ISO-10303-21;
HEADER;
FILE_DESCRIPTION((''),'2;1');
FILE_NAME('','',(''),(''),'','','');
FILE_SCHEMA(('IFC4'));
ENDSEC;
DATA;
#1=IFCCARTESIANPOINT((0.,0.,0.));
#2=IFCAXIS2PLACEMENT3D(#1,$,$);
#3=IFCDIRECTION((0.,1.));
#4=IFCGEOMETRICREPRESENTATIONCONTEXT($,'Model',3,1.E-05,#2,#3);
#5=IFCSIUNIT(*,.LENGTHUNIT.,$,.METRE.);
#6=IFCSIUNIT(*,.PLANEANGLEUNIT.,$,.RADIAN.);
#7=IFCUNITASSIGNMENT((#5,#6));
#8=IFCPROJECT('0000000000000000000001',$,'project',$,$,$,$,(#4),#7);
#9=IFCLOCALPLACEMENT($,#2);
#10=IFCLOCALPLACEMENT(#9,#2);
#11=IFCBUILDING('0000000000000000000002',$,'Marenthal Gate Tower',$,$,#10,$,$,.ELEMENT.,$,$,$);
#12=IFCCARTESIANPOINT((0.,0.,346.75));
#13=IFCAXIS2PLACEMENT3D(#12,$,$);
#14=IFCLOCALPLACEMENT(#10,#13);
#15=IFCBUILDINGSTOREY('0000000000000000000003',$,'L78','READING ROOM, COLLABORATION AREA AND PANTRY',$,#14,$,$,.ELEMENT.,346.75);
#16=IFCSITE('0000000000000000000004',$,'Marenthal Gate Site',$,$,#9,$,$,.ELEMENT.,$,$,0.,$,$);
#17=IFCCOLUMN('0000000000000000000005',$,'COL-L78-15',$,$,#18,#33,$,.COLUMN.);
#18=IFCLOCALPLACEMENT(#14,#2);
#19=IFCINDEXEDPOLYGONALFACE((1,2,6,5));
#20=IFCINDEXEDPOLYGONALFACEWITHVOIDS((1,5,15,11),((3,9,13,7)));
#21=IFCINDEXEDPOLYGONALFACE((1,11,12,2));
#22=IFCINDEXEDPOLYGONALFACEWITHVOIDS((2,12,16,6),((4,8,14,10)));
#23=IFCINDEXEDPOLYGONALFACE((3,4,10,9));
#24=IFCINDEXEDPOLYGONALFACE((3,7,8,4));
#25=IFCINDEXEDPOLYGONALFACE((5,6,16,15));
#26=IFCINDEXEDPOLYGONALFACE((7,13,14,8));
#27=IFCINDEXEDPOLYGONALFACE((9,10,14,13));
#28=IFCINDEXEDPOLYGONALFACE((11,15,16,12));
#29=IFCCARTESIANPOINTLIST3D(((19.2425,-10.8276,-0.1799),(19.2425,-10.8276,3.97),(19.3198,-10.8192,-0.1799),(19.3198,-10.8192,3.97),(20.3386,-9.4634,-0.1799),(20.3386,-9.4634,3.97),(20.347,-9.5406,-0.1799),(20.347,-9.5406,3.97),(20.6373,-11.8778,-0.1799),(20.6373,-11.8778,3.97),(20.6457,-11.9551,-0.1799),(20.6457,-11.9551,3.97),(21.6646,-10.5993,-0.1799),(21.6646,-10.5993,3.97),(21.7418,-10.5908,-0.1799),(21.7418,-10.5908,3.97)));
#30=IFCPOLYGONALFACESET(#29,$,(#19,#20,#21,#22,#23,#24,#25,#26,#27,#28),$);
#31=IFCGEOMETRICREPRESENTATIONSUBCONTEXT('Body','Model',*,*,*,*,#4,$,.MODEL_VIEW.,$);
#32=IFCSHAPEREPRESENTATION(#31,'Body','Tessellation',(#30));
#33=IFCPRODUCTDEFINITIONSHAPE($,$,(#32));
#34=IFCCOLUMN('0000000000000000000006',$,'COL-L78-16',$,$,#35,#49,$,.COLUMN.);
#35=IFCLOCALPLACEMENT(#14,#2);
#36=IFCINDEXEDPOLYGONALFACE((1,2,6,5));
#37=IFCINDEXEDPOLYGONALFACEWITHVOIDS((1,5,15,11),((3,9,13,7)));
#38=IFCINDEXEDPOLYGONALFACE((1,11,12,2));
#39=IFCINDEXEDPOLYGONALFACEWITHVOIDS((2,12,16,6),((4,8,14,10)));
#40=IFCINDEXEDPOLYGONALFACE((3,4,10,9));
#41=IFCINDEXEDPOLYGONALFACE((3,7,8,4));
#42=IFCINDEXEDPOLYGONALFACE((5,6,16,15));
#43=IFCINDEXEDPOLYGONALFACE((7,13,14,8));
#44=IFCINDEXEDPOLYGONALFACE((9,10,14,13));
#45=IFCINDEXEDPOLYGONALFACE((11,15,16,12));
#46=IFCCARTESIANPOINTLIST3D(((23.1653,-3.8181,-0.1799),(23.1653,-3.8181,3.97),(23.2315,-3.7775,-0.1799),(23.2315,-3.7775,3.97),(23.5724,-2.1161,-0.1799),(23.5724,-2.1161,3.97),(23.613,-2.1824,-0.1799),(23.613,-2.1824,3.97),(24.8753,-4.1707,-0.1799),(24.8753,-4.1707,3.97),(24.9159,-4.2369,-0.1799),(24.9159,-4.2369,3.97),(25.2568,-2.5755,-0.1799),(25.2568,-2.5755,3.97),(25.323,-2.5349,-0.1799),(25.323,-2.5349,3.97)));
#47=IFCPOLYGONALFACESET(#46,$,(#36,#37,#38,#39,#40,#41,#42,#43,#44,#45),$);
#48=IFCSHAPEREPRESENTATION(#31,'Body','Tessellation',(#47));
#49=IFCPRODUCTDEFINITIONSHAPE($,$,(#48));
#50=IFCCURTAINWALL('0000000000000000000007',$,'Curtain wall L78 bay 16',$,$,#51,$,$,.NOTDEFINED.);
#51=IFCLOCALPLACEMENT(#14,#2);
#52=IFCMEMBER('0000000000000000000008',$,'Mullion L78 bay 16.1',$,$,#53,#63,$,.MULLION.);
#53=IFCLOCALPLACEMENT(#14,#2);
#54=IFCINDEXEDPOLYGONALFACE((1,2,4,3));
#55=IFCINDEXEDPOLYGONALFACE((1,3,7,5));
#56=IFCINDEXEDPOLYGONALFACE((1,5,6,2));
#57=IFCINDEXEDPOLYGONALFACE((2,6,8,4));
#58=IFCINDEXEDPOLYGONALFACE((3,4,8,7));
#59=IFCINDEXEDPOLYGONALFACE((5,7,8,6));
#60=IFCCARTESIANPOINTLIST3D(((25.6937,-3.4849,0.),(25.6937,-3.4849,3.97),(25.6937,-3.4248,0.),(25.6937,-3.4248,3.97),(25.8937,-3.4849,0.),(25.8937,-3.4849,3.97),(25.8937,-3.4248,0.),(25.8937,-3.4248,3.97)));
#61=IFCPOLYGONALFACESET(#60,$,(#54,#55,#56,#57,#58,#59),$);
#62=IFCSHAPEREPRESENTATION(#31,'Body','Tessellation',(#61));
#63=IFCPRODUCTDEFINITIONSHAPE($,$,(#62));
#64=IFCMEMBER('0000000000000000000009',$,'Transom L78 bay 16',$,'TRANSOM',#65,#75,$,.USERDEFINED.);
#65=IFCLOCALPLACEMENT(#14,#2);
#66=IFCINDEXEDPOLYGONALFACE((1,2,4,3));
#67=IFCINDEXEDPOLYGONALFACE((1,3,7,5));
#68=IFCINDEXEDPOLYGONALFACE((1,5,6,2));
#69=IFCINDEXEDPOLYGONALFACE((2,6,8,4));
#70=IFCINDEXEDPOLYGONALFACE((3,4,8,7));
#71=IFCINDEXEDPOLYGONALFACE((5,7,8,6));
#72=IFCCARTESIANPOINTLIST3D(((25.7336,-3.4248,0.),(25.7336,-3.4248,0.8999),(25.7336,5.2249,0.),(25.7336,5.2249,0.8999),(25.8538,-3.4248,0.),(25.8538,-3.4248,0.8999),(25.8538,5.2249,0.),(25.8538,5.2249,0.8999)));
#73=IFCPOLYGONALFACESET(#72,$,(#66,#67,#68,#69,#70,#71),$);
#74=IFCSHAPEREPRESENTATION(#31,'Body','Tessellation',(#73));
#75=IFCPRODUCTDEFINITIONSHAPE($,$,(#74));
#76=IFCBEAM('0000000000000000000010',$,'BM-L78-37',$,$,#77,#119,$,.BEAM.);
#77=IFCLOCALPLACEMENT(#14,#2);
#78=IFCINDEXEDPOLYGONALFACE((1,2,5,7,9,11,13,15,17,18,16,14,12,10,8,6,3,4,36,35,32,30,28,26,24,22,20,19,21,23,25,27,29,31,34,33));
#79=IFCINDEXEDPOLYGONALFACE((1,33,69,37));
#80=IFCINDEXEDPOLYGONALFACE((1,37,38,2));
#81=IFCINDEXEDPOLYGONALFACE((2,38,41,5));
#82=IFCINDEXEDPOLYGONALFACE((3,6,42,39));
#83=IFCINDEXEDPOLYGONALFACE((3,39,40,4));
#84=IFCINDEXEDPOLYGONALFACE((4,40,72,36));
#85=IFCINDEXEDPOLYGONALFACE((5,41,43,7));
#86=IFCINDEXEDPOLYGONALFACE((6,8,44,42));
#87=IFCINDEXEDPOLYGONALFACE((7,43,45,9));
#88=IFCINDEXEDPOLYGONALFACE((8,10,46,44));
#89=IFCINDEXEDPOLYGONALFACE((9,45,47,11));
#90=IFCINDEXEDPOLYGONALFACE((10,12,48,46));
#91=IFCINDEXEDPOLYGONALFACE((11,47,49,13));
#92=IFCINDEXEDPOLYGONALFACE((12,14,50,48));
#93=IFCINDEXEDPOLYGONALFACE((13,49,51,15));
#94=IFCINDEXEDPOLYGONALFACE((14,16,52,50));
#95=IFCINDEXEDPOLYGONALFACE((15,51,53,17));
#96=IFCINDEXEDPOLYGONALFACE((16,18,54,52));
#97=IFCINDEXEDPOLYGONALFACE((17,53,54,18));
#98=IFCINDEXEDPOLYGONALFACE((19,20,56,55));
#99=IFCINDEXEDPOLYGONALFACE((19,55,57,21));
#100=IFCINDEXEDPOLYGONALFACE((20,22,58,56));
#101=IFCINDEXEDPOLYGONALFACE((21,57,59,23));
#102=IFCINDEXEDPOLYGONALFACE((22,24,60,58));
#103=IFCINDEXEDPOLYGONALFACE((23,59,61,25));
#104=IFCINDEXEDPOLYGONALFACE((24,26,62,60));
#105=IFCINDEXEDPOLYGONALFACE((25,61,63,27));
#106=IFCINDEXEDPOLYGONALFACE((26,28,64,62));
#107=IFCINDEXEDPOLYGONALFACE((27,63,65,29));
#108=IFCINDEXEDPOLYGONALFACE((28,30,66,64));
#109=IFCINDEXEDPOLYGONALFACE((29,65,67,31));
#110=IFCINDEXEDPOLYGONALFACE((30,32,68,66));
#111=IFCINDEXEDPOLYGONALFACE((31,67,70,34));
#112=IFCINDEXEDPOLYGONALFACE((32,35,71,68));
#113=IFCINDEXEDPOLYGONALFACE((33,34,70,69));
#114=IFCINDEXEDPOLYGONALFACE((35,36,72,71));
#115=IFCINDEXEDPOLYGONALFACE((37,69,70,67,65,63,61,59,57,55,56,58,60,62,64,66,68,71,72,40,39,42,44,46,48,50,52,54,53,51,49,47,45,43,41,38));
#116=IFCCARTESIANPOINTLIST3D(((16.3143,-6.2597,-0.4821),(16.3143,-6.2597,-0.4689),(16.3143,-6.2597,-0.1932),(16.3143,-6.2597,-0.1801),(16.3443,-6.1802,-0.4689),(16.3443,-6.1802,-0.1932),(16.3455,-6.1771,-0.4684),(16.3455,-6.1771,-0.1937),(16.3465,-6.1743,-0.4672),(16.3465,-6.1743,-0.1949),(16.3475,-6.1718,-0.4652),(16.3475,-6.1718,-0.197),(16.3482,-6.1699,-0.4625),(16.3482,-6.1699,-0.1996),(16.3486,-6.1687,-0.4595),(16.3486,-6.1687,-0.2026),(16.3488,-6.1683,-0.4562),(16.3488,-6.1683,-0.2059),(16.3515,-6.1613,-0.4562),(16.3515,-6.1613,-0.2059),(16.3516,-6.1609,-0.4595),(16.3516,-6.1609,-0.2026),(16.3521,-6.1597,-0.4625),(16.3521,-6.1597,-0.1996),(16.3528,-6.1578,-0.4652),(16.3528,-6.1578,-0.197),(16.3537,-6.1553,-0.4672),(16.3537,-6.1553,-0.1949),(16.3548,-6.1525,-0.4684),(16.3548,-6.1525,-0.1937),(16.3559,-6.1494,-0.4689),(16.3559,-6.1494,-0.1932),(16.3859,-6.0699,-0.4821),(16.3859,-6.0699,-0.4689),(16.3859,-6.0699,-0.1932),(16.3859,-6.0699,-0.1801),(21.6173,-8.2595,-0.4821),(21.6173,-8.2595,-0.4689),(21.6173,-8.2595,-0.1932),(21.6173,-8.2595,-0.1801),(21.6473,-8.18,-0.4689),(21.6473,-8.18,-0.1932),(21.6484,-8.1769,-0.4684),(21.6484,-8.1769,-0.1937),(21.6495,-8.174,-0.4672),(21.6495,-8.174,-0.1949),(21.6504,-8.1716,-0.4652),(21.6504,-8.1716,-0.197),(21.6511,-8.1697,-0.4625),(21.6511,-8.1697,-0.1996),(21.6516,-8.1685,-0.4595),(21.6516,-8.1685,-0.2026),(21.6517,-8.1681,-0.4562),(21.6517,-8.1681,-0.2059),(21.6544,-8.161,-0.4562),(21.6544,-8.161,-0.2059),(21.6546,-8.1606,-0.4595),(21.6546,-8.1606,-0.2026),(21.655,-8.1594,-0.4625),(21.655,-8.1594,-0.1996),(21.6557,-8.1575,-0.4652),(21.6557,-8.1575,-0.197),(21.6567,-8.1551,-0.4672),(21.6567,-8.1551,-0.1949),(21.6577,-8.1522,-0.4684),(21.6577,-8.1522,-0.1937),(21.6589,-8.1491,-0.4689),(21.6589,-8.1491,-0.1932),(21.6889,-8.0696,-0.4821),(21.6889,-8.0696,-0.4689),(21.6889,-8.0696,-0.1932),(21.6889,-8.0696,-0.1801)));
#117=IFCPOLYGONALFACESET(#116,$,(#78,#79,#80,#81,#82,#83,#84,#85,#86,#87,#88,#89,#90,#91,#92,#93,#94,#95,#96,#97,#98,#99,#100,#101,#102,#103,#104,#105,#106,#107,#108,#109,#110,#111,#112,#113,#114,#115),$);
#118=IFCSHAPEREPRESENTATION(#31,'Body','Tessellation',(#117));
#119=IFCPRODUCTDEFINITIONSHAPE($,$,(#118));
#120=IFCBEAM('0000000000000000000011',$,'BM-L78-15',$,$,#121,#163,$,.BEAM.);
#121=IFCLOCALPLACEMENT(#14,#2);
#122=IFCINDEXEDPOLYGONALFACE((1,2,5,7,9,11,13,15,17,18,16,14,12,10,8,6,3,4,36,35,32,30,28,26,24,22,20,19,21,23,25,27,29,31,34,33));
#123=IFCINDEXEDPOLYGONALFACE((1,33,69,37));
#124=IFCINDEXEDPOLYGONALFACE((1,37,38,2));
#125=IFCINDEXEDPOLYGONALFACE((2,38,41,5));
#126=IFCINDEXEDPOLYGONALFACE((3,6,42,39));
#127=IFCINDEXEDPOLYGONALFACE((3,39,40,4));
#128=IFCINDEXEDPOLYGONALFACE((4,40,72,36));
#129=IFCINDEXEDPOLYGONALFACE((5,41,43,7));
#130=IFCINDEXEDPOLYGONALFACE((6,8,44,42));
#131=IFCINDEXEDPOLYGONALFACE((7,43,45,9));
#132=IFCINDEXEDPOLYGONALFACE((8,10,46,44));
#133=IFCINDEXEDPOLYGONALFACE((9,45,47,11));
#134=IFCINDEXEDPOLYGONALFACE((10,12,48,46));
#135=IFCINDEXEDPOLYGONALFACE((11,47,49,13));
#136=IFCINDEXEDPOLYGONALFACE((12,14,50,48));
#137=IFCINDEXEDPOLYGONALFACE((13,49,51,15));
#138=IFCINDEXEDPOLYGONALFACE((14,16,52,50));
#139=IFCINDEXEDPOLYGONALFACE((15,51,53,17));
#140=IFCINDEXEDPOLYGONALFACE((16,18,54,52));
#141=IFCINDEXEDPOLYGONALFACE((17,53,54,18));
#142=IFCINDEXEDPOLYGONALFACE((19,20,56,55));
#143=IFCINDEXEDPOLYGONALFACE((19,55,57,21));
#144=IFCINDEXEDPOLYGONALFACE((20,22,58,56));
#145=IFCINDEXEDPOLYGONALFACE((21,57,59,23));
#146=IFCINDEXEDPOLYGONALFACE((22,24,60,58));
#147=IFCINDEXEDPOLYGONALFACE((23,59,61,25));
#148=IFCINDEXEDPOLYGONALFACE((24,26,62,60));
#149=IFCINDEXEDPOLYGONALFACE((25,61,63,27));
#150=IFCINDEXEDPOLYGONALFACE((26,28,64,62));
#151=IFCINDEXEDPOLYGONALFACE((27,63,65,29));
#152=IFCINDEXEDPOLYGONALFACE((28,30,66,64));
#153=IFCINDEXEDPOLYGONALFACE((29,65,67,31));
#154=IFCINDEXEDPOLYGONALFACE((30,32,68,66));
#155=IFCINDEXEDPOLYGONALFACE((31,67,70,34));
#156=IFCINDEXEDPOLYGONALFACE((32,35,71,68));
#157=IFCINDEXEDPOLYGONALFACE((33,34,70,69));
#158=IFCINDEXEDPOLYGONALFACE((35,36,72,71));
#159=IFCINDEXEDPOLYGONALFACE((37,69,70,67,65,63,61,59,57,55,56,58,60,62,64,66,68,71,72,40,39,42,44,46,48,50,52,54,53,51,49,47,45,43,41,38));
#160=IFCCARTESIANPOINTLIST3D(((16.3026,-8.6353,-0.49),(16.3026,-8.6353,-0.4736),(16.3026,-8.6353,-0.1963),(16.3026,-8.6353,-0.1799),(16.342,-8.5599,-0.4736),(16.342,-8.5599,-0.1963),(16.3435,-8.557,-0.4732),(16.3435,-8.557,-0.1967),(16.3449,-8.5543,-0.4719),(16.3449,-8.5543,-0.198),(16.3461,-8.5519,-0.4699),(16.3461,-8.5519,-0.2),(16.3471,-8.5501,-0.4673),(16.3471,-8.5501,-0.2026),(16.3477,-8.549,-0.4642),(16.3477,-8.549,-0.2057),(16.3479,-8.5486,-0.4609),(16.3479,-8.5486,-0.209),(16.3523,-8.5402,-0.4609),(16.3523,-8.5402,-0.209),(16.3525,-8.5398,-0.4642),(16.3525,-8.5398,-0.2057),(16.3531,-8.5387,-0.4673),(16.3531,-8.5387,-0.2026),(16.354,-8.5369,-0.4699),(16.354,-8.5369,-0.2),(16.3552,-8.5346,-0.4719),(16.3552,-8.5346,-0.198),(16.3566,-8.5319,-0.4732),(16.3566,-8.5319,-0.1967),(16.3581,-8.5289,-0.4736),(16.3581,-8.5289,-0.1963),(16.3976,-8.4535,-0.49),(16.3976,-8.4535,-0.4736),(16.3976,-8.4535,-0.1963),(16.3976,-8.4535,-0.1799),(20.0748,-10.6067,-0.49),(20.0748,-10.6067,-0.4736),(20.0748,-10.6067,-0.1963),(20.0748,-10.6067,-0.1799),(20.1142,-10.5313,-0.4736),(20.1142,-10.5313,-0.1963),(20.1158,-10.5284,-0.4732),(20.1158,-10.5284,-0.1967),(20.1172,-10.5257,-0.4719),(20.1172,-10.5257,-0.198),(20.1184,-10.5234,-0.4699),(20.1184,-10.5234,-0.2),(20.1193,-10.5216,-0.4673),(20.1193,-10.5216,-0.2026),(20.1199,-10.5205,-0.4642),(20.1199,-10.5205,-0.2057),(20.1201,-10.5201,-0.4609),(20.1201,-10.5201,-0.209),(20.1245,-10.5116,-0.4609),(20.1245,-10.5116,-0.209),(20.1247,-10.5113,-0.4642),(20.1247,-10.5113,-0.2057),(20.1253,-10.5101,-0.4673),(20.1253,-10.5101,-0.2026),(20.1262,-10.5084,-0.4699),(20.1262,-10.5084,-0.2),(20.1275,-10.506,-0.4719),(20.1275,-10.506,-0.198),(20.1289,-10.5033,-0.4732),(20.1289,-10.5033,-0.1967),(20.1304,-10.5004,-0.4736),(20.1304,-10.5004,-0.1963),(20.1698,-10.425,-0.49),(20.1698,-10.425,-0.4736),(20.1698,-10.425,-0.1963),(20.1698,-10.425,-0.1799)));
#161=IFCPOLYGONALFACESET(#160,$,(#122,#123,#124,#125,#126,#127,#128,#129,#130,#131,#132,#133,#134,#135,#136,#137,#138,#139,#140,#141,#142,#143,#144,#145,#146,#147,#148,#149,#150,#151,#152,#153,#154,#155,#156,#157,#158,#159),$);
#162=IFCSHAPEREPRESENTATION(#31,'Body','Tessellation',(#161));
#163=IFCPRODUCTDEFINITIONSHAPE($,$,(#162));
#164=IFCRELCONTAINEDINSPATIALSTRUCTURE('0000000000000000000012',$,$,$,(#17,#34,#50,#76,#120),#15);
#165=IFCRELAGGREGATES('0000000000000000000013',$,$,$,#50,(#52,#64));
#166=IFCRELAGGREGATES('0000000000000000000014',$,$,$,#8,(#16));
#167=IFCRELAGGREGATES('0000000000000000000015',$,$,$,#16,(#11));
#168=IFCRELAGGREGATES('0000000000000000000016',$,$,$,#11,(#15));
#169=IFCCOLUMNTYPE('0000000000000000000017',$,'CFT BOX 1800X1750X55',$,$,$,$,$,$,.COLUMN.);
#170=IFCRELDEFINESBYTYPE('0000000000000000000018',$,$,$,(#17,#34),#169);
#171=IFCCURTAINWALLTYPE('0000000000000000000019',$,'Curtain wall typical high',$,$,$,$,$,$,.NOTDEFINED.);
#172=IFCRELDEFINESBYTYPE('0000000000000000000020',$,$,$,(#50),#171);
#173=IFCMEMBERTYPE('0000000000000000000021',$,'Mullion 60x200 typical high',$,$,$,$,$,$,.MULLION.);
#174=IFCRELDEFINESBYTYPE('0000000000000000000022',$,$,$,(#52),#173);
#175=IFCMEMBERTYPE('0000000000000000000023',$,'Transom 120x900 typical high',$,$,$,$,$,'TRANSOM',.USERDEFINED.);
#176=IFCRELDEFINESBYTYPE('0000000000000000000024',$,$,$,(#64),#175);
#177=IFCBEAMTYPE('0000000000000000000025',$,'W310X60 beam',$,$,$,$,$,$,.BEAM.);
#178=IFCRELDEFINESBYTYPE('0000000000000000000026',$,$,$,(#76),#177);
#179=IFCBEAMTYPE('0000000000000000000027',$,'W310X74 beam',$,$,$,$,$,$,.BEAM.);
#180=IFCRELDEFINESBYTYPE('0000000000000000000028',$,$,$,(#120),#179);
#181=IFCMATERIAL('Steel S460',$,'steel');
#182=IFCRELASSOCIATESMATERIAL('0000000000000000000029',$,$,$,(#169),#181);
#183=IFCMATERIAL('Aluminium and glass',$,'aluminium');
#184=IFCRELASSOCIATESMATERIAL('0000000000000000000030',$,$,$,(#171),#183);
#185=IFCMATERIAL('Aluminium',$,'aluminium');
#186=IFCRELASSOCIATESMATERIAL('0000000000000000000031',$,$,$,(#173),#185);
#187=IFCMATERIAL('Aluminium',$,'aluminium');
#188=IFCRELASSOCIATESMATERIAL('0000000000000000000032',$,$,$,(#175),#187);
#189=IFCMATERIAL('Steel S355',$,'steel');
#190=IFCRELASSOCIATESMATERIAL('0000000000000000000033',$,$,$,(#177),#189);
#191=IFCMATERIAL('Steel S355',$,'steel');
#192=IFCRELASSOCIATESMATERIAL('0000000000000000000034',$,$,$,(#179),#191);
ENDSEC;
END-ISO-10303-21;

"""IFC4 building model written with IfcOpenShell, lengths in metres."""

from ifc_helpers import new_model, si_unit, direction, frame, origin, origin_2d, place, context, subcontext, project, spatial, rectangle, hollow_rectangle, i_section, extrude, material, material_profile, profile_set, type_object, element, aggregate, save


model = new_model("IFC4")

# Units and contexts
model_context = context("Model", 3, precision=1e-05, world=origin(), true_north=direction((0.0, 1.0)))
body_context = subcontext(model_context, "Body", "Model", "MODEL_VIEW")
ifc_project = project(units=[si_unit("LENGTHUNIT", "METRE"), si_unit("PLANEANGLEUNIT", "RADIAN")], contexts=[model_context])

# Site, building, storey
site_placement = place(None, origin())
site = spatial("IfcSite", under=ifc_project, at=site_placement, Name="Marenthal Gate Site", CompositionType="ELEMENT", RefElevation=0.0)
building_placement = place(site_placement, origin())
building = spatial("IfcBuilding", under=site, at=building_placement, Name="Marenthal Gate Tower", CompositionType="ELEMENT")
storey_placement = place(building_placement, frame((0.0, 0.0, 346.75)))
storey = spatial("IfcBuildingStorey", under=building, at=storey_placement, Name="L78", Description="READING ROOM, COLLABORATION AREA AND PANTRY", CompositionType="ELEMENT", Elevation=346.75)

# Columns
ifc_material_1 = material(Name="Steel S460", Category="steel")
ifc_material_profile_1 = material_profile(ifc_material_1, hollow_rectangle(XDim=1.75, YDim=1.8, WallThickness=0.0549, at=origin_2d()), Name="CFT BOX 1800X1750X55")
ifc_material_2 = material(Name="Concrete 70 MPa", Category="concrete")
ifc_material_profile_2 = material_profile(ifc_material_2, rectangle(XDim=1.6399, YDim=1.6899, at=origin_2d()), Name="CFT BOX 1800X1750X55 INFILL")
ifc_profile_set_1 = profile_set([ifc_material_profile_1, ifc_material_profile_2], Name="Steel S460 shell, Concrete 70 MPa infill")
column_type = type_object("IfcColumnType", Name="CFT BOX 1800X1750X55", PredefinedType="COLUMN", material=ifc_profile_set_1)
for number, where, z_axis, x_axis, name in (
    (1, (20.4922, -10.7092, -0.1799), (0.0, 0.0, 1.0), (-0.626344, -0.779547, 0.0), "COL-L78-15"),
    (2, (24.2441, -3.1765, -0.1799), (0.0, 0.0, 1.0), (-0.232626, -0.972566, 0.0), "COL-L78-16"),
):
    element("IfcColumn", number, at=place(storey_placement, frame(where, z_axis=z_axis, x_axis=x_axis)), inside=storey, type_object=column_type, Name=name, PredefinedType="COLUMN", context=body_context, shape_type="SweptSolid", body=[
        extrude(hollow_rectangle(XDim=1.75, YDim=1.8, WallThickness=0.0549, at=origin_2d()), origin(), (0.0, 0.0, 1.0), 4.1499),
    ])

# Curtain wall, members
ifc_material_3 = material(Name="Aluminium and glass", Category="aluminium")
curtain_wall_type = type_object("IfcCurtainWallType", Name="Curtain wall typical high", PredefinedType="NOTDEFINED", material=ifc_material_3)
curtain_wall_placement = place(storey_placement, origin())
curtain_wall = element("IfcCurtainWall", 3, at=curtain_wall_placement, inside=storey, type_object=curtain_wall_type, Name="Curtain wall L78 bay 16", PredefinedType="NOTDEFINED")
ifc_material_4 = material(Name="Aluminium", Category="aluminium")
ifc_material_profile_3 = material_profile(ifc_material_4, rectangle(XDim=0.2, YDim=0.0601, at=origin_2d()), Name="60x200 aluminium mullion")
ifc_profile_set_2 = profile_set([ifc_material_profile_3], Name="Aluminium")
member_type_1 = type_object("IfcMemberType", Name="Mullion 60x200 typical high", PredefinedType="MULLION", material=ifc_profile_set_2)
member_1_placement = place(storey_placement, frame((25.7937, -3.4548, 0.0), z_axis=(0.0, 0.0, 1.0), x_axis=(-1.0, 0.0, 0.0)))
member_1 = element("IfcMember", 4, at=member_1_placement, type_object=member_type_1, Name="Mullion L78 bay 16.1", PredefinedType="MULLION", context=body_context, shape_type="SweptSolid", body=[
    extrude(rectangle(XDim=0.2, YDim=0.0601, at=origin_2d()), origin(), (0.0, 0.0, 1.0), 3.97),
])
ifc_material_5 = material(Name="Aluminium", Category="aluminium")
ifc_material_profile_4 = material_profile(ifc_material_5, rectangle(XDim=0.1201, YDim=0.8999, at=origin_2d()), Name="120x900 aluminium transom")
ifc_profile_set_3 = profile_set([ifc_material_profile_4], Name="Aluminium")
member_type_2 = type_object("IfcMemberType", Name="Transom 120x900 typical high", ElementType="TRANSOM", PredefinedType="USERDEFINED", material=ifc_profile_set_3)
member_2_placement = place(storey_placement, frame((25.7937, -3.4248, 0.45), z_axis=(0.0, 1.0, 0.0), x_axis=(-1.0, 0.0, 0.0)))
member_2 = element("IfcMember", 5, at=member_2_placement, type_object=member_type_2, Name="Transom L78 bay 16", ObjectType="TRANSOM", PredefinedType="USERDEFINED", context=body_context, shape_type="SweptSolid", body=[
    extrude(rectangle(XDim=0.1201, YDim=0.8999, at=origin_2d()), origin(), (0.0, 0.0, 1.0), 8.6497),
])

# Beams
ifc_material_6 = material(Name="Steel S355", Category="steel")
ifc_material_profile_5 = material_profile(ifc_material_6, i_section(OverallWidth=0.2029, OverallDepth=0.302, WebThickness=0.0076, FlangeThickness=0.0132, FilletRadius=0.0127, at=origin_2d()), Name="W310X60")
ifc_profile_set_4 = profile_set([ifc_material_profile_5], Name="Steel S355")
beam_type_1 = type_object("IfcBeamType", Name="W310X60 beam", PredefinedType="BEAM", material=ifc_profile_set_4)
beam_1_placement = place(storey_placement, frame((21.6531, -8.1646, -0.3311), z_axis=(-0.935681, 0.352846, 0.0), x_axis=(-0.352846, -0.935681, 0.0)))
element("IfcBeam", 6, at=beam_1_placement, inside=storey, type_object=beam_type_1, Name="BM-L78-37", PredefinedType="BEAM", context=body_context, shape_type="SweptSolid", body=[
    extrude(i_section(OverallWidth=0.2029, OverallDepth=0.302, WebThickness=0.0076, FlangeThickness=0.0132, FilletRadius=0.0127, at=origin_2d()), origin(), (0.0, 0.0, 1.0), 5.6675),
])
ifc_material_7 = material(Name="Steel S355", Category="steel")
ifc_material_profile_6 = material_profile(ifc_material_7, i_section(OverallWidth=0.2051, OverallDepth=0.3101, WebThickness=0.0095, FlangeThickness=0.0164, FilletRadius=0.0127, at=origin_2d()), Name="W310X74")
ifc_profile_set_5 = profile_set([ifc_material_profile_6], Name="Steel S355")
beam_type_2 = type_object("IfcBeamType", Name="W310X74 beam", PredefinedType="BEAM", material=ifc_profile_set_5)
beam_2_placement = place(storey_placement, frame((20.1223, -10.5159, -0.335), z_axis=(-0.886265, 0.463179, 0.0), x_axis=(-0.463179, -0.886265, 0.0)))
element("IfcBeam", 7, at=beam_2_placement, inside=storey, type_object=beam_type_2, Name="BM-L78-15", PredefinedType="BEAM", context=body_context, shape_type="SweptSolid", body=[
    extrude(i_section(OverallWidth=0.2051, OverallDepth=0.3101, WebThickness=0.0095, FlangeThickness=0.0164, FilletRadius=0.0127, at=origin_2d()), origin(), (0.0, 0.0, 1.0), 4.2563),
])

aggregate(curtain_wall, [member_1, member_2])

save(model, "model.ifc")
